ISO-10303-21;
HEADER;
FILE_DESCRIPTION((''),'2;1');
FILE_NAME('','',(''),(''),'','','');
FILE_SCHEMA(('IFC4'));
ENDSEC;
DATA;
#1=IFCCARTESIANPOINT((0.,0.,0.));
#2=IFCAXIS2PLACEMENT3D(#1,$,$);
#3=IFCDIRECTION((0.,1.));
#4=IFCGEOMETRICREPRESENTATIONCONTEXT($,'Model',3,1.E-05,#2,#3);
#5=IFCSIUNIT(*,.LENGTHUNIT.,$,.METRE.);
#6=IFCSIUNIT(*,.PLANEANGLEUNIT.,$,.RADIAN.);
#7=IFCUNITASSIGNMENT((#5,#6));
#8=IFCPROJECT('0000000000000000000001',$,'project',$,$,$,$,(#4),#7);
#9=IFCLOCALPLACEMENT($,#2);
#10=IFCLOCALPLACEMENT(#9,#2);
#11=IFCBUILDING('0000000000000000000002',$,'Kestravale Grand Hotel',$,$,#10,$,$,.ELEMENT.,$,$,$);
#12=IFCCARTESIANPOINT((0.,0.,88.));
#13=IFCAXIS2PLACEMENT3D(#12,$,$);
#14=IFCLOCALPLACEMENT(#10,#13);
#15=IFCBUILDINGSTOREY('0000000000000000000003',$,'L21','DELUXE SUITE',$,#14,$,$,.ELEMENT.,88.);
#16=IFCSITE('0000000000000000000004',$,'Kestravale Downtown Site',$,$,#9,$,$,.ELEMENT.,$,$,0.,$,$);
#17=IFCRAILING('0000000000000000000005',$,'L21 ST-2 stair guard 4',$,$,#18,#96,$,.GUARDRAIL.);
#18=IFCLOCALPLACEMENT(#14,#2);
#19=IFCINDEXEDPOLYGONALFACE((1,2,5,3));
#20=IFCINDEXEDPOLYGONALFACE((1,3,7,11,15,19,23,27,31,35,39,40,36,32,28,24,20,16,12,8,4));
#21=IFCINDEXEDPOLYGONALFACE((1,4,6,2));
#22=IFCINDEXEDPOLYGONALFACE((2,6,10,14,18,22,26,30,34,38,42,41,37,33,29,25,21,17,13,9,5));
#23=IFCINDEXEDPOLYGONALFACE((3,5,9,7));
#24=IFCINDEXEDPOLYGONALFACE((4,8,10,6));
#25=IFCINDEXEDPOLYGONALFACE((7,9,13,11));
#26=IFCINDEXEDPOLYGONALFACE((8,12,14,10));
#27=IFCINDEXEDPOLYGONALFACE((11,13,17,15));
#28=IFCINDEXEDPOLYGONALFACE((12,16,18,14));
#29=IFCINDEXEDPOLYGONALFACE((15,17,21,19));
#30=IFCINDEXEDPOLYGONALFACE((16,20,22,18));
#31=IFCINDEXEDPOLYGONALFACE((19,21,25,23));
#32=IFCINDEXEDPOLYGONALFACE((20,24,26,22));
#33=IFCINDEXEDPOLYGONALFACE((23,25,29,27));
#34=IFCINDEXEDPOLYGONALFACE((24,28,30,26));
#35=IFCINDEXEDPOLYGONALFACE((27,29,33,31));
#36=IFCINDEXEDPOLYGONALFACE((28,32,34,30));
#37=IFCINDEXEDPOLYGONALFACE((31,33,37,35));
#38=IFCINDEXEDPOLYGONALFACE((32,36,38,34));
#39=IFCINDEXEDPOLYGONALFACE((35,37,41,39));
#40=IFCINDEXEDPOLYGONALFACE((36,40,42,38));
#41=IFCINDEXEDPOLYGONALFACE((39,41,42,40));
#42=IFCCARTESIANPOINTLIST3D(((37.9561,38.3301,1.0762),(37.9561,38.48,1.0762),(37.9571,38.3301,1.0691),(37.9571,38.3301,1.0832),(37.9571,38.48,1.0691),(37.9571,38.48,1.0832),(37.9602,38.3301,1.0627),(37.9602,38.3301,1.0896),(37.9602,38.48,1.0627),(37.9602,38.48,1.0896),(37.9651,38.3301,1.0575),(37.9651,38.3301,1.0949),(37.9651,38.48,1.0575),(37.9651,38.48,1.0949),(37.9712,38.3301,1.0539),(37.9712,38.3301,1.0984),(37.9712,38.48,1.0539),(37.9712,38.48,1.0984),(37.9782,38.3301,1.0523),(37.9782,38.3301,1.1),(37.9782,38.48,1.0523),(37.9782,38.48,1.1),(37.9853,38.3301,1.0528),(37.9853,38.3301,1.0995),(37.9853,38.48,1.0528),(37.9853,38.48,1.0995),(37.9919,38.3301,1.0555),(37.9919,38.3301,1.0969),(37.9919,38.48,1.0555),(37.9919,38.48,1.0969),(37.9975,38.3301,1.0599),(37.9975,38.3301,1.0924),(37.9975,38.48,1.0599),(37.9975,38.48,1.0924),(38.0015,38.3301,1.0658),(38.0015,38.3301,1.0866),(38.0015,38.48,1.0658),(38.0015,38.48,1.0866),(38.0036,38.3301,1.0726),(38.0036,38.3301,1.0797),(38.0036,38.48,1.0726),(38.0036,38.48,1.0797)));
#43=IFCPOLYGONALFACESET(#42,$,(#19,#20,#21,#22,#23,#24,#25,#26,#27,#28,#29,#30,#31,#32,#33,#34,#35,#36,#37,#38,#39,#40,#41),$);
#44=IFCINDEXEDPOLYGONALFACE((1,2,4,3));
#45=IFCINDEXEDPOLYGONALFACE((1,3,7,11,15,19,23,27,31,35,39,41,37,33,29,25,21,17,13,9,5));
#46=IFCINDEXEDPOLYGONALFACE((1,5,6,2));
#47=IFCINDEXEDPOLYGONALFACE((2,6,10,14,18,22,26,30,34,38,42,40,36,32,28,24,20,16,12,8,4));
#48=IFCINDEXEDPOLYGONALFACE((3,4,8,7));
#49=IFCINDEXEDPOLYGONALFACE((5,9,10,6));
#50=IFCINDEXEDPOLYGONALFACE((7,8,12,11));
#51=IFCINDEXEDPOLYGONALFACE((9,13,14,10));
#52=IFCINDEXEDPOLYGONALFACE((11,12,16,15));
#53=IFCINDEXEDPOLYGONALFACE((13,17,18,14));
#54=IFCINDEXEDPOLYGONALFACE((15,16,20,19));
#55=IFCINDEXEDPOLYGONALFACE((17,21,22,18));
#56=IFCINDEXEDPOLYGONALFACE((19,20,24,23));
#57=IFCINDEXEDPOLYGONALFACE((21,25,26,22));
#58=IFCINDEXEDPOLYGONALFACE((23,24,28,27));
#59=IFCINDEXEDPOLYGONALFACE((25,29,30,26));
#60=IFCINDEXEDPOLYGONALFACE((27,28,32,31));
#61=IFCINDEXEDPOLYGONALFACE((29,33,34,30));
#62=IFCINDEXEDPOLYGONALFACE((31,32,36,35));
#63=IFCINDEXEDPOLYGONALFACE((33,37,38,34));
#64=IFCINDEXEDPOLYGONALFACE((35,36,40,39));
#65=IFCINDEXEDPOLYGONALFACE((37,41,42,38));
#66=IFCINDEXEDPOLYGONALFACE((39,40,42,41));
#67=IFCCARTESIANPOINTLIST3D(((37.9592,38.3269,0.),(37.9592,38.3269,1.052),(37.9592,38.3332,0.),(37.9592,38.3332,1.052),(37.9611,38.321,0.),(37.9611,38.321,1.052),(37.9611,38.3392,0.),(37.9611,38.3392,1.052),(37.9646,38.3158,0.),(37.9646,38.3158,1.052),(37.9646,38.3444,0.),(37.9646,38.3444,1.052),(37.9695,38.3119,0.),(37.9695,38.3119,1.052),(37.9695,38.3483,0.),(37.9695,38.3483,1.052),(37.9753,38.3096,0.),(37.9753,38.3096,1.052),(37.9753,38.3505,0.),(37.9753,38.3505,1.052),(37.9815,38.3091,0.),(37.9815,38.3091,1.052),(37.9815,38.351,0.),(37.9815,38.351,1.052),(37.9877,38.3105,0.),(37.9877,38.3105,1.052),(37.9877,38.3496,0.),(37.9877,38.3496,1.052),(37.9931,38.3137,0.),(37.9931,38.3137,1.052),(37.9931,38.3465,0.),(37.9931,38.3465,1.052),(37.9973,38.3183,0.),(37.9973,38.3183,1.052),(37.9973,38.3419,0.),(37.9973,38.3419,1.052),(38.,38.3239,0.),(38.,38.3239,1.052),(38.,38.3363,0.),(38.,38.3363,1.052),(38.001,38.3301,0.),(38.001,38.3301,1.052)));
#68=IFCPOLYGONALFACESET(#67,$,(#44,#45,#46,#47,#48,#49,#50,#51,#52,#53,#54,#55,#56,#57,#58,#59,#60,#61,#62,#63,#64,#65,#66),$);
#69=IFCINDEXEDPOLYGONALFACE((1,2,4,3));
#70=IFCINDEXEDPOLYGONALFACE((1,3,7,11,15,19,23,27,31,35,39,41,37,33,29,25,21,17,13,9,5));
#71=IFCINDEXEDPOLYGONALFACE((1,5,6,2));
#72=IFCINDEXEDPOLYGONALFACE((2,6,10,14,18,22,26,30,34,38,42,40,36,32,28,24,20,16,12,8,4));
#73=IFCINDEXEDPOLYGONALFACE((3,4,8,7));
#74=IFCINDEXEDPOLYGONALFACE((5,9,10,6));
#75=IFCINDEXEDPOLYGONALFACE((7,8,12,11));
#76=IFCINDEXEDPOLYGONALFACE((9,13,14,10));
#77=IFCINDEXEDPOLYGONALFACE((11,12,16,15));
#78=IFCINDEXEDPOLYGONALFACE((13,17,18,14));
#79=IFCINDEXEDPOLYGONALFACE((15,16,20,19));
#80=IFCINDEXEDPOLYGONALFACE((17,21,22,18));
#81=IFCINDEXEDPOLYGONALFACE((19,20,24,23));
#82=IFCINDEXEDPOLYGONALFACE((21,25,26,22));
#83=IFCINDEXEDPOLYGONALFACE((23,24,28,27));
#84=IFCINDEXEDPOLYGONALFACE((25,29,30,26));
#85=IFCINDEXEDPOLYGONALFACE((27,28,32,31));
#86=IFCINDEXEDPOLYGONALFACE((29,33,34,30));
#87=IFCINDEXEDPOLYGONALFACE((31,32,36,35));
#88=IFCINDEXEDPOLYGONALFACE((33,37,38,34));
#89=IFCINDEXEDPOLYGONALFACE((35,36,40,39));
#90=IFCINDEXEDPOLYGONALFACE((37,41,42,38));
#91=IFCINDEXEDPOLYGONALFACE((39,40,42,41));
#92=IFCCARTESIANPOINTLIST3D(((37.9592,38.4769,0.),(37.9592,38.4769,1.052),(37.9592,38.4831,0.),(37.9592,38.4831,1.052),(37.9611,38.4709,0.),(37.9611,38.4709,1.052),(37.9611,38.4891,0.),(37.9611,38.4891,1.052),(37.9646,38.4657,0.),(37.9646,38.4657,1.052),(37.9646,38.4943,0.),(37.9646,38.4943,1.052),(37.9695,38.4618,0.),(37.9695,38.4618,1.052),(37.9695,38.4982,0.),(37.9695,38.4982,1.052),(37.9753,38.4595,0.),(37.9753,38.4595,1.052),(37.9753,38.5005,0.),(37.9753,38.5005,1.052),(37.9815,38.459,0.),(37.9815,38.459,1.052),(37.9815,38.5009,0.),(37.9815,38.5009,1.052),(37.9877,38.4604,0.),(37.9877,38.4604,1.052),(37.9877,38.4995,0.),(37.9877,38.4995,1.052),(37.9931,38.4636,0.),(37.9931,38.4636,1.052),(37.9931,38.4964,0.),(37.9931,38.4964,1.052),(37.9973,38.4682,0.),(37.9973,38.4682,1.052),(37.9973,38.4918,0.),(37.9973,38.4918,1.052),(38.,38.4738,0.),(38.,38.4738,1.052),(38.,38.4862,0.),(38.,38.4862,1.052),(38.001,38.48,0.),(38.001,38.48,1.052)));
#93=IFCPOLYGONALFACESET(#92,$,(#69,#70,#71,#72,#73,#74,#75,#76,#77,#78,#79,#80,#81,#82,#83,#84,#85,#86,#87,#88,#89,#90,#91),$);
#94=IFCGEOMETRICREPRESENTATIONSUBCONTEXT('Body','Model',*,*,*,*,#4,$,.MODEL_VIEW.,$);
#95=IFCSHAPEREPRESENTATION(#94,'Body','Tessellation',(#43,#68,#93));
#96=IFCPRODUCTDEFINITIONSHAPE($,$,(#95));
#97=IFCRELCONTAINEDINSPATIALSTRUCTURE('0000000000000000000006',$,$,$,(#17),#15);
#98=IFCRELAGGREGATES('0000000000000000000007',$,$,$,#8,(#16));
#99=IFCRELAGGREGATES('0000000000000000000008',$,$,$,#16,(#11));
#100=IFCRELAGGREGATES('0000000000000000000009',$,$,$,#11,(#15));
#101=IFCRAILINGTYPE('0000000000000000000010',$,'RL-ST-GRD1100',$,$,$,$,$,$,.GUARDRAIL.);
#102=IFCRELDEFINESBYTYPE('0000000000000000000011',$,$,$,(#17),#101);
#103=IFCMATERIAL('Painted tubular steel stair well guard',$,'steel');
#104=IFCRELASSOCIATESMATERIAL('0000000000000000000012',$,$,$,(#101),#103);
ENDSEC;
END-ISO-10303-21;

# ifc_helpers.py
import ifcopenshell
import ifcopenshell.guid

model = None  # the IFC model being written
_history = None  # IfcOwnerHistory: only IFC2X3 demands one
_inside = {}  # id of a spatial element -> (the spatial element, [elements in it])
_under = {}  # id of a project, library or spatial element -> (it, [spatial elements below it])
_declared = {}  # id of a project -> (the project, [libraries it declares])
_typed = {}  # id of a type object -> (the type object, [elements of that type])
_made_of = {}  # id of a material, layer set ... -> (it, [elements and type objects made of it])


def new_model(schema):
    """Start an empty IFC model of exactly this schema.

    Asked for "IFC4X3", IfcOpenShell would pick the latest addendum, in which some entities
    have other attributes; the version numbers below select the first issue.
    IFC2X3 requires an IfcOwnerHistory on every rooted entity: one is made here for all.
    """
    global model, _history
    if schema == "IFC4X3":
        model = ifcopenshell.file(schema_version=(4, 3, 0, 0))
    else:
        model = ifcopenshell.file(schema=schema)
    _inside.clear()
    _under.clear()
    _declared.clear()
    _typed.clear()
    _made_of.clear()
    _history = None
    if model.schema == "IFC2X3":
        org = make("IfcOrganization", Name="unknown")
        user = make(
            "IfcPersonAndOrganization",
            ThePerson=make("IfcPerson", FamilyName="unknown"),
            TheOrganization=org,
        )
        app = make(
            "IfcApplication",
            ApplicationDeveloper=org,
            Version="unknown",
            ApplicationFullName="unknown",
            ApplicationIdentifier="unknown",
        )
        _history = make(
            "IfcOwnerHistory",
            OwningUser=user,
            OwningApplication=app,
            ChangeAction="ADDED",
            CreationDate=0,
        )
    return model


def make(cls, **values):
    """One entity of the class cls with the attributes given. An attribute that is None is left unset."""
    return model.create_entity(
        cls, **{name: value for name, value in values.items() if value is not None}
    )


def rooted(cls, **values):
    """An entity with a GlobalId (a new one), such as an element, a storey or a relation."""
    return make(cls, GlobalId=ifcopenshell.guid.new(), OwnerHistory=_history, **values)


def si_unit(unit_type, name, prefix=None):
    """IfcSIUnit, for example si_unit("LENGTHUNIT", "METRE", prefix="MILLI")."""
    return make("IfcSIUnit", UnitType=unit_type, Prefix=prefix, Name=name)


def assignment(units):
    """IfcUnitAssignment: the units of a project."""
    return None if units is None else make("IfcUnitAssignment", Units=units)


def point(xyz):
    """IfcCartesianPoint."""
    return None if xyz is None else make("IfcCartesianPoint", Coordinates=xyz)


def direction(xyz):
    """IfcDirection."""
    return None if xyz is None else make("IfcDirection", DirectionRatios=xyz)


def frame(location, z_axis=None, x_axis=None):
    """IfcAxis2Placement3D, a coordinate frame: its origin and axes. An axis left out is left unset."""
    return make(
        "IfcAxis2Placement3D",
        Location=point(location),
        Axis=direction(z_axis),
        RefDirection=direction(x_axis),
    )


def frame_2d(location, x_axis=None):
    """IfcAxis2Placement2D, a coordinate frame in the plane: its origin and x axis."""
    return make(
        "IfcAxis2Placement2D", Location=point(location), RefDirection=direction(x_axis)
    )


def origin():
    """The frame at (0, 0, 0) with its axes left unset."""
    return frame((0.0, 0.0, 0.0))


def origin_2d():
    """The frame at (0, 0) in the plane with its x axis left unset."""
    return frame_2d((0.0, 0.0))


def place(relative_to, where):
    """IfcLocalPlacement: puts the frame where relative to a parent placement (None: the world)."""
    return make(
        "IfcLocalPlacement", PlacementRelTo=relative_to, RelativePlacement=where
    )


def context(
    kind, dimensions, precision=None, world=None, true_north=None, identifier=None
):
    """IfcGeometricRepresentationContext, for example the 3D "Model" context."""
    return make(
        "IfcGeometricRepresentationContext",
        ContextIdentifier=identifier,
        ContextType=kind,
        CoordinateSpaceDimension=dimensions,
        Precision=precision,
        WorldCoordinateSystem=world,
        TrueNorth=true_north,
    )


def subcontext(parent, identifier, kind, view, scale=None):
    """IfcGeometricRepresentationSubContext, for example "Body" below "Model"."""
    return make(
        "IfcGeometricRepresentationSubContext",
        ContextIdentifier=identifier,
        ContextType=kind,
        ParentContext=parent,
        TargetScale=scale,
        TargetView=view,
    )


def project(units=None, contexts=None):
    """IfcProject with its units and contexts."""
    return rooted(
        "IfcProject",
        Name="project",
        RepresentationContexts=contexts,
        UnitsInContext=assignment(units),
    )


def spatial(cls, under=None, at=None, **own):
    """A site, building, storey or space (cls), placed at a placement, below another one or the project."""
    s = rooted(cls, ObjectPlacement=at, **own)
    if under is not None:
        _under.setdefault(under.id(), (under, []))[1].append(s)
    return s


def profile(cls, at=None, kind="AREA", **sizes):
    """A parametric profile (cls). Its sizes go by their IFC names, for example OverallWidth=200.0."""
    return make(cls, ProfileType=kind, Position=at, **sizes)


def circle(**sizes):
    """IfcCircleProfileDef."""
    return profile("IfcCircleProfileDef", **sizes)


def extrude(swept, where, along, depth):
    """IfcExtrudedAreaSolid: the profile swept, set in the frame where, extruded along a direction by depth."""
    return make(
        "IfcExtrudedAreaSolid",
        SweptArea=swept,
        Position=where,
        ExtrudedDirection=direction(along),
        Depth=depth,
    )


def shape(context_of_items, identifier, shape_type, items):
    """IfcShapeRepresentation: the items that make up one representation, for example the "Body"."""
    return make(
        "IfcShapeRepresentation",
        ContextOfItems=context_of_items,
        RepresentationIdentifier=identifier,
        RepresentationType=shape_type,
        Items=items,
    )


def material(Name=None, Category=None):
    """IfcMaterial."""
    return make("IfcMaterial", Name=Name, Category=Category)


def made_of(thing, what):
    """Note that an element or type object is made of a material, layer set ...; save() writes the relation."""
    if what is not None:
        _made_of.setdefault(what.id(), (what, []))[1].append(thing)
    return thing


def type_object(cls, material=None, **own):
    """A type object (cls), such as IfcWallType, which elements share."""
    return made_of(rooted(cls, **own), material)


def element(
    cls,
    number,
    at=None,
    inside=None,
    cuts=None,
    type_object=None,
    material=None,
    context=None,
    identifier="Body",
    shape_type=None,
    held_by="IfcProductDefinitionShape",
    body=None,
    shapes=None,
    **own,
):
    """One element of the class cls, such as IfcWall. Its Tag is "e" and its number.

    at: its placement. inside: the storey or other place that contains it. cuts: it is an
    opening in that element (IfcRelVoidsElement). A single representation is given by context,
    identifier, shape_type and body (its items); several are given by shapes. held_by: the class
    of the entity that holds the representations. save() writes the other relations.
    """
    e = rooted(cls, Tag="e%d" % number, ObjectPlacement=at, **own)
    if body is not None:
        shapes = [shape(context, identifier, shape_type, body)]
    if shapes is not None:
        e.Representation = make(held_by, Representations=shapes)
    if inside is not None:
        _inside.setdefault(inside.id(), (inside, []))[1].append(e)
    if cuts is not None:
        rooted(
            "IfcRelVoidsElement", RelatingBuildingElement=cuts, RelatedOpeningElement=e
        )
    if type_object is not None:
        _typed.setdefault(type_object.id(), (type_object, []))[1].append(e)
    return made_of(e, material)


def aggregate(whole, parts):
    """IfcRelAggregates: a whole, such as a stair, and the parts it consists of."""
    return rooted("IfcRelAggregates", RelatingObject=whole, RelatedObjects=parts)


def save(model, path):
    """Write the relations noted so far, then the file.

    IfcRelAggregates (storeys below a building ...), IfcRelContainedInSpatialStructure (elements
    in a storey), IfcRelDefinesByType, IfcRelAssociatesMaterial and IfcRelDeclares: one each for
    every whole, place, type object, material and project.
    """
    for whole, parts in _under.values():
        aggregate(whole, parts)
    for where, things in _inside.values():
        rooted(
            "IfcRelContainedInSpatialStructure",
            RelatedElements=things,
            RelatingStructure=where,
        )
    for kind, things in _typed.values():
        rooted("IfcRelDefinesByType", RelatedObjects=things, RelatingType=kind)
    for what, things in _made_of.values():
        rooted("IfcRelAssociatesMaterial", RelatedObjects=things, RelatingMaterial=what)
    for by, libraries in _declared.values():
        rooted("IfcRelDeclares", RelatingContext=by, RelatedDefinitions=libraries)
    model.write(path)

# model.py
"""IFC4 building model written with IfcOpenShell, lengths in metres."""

from ifc_helpers import new_model, si_unit, direction, frame, origin, origin_2d, place, context, subcontext, project, spatial, circle, extrude, material, type_object, element, save


model = new_model("IFC4")

# Units and contexts
model_context = context("Model", 3, precision=1e-05, world=origin(), true_north=direction((0.0, 1.0)))
body_context = subcontext(model_context, "Body", "Model", "MODEL_VIEW")
ifc_project = project(units=[si_unit("LENGTHUNIT", "METRE"), si_unit("PLANEANGLEUNIT", "RADIAN")], contexts=[model_context])

# Site, building, storey
site_placement = place(None, origin())
site = spatial("IfcSite", under=ifc_project, at=site_placement, Name="Kestravale Downtown Site", CompositionType="ELEMENT", RefElevation=0.0)
building_placement = place(site_placement, origin())
building = spatial("IfcBuilding", under=site, at=building_placement, Name="Kestravale Grand Hotel", CompositionType="ELEMENT")
storey_placement = place(building_placement, frame((0.0, 0.0, 88.0)))
storey = spatial("IfcBuildingStorey", under=building, at=storey_placement, Name="L21", Description="DELUXE SUITE", CompositionType="ELEMENT", Elevation=88.0)

# Railing
ifc_material_1 = material(Name="Painted tubular steel stair well guard", Category="steel")
railing_type_1 = type_object("IfcRailingType", Name="RL-ST-GRD1100", PredefinedType="GUARDRAIL", material=ifc_material_1)
railing_1_placement = place(storey_placement, frame((37.98, 38.3301, 0.0)))
element("IfcRailing", 1, at=railing_1_placement, inside=storey, type_object=railing_type_1, Name="L21 ST-2 stair guard 4", PredefinedType="GUARDRAIL", context=body_context, shape_type="SweptSolid", body=[
    extrude(circle(Radius=0.0239, at=origin_2d()), frame((0.0, 0.0, 1.0762), z_axis=(0.0, 1.0, 0.0), x_axis=(-1.0, 0.0, 0.0)), (0.0, 0.0, 1.0), 0.1499),
    extrude(circle(Radius=0.021, at=origin_2d()), origin(), (0.0, 0.0, 1.0), 1.052),
    extrude(circle(Radius=0.021, at=origin_2d()), frame((0.0, 0.1499, 0.0)), (0.0, 0.0, 1.0), 1.052),
])

save(model, "model.ifc")
